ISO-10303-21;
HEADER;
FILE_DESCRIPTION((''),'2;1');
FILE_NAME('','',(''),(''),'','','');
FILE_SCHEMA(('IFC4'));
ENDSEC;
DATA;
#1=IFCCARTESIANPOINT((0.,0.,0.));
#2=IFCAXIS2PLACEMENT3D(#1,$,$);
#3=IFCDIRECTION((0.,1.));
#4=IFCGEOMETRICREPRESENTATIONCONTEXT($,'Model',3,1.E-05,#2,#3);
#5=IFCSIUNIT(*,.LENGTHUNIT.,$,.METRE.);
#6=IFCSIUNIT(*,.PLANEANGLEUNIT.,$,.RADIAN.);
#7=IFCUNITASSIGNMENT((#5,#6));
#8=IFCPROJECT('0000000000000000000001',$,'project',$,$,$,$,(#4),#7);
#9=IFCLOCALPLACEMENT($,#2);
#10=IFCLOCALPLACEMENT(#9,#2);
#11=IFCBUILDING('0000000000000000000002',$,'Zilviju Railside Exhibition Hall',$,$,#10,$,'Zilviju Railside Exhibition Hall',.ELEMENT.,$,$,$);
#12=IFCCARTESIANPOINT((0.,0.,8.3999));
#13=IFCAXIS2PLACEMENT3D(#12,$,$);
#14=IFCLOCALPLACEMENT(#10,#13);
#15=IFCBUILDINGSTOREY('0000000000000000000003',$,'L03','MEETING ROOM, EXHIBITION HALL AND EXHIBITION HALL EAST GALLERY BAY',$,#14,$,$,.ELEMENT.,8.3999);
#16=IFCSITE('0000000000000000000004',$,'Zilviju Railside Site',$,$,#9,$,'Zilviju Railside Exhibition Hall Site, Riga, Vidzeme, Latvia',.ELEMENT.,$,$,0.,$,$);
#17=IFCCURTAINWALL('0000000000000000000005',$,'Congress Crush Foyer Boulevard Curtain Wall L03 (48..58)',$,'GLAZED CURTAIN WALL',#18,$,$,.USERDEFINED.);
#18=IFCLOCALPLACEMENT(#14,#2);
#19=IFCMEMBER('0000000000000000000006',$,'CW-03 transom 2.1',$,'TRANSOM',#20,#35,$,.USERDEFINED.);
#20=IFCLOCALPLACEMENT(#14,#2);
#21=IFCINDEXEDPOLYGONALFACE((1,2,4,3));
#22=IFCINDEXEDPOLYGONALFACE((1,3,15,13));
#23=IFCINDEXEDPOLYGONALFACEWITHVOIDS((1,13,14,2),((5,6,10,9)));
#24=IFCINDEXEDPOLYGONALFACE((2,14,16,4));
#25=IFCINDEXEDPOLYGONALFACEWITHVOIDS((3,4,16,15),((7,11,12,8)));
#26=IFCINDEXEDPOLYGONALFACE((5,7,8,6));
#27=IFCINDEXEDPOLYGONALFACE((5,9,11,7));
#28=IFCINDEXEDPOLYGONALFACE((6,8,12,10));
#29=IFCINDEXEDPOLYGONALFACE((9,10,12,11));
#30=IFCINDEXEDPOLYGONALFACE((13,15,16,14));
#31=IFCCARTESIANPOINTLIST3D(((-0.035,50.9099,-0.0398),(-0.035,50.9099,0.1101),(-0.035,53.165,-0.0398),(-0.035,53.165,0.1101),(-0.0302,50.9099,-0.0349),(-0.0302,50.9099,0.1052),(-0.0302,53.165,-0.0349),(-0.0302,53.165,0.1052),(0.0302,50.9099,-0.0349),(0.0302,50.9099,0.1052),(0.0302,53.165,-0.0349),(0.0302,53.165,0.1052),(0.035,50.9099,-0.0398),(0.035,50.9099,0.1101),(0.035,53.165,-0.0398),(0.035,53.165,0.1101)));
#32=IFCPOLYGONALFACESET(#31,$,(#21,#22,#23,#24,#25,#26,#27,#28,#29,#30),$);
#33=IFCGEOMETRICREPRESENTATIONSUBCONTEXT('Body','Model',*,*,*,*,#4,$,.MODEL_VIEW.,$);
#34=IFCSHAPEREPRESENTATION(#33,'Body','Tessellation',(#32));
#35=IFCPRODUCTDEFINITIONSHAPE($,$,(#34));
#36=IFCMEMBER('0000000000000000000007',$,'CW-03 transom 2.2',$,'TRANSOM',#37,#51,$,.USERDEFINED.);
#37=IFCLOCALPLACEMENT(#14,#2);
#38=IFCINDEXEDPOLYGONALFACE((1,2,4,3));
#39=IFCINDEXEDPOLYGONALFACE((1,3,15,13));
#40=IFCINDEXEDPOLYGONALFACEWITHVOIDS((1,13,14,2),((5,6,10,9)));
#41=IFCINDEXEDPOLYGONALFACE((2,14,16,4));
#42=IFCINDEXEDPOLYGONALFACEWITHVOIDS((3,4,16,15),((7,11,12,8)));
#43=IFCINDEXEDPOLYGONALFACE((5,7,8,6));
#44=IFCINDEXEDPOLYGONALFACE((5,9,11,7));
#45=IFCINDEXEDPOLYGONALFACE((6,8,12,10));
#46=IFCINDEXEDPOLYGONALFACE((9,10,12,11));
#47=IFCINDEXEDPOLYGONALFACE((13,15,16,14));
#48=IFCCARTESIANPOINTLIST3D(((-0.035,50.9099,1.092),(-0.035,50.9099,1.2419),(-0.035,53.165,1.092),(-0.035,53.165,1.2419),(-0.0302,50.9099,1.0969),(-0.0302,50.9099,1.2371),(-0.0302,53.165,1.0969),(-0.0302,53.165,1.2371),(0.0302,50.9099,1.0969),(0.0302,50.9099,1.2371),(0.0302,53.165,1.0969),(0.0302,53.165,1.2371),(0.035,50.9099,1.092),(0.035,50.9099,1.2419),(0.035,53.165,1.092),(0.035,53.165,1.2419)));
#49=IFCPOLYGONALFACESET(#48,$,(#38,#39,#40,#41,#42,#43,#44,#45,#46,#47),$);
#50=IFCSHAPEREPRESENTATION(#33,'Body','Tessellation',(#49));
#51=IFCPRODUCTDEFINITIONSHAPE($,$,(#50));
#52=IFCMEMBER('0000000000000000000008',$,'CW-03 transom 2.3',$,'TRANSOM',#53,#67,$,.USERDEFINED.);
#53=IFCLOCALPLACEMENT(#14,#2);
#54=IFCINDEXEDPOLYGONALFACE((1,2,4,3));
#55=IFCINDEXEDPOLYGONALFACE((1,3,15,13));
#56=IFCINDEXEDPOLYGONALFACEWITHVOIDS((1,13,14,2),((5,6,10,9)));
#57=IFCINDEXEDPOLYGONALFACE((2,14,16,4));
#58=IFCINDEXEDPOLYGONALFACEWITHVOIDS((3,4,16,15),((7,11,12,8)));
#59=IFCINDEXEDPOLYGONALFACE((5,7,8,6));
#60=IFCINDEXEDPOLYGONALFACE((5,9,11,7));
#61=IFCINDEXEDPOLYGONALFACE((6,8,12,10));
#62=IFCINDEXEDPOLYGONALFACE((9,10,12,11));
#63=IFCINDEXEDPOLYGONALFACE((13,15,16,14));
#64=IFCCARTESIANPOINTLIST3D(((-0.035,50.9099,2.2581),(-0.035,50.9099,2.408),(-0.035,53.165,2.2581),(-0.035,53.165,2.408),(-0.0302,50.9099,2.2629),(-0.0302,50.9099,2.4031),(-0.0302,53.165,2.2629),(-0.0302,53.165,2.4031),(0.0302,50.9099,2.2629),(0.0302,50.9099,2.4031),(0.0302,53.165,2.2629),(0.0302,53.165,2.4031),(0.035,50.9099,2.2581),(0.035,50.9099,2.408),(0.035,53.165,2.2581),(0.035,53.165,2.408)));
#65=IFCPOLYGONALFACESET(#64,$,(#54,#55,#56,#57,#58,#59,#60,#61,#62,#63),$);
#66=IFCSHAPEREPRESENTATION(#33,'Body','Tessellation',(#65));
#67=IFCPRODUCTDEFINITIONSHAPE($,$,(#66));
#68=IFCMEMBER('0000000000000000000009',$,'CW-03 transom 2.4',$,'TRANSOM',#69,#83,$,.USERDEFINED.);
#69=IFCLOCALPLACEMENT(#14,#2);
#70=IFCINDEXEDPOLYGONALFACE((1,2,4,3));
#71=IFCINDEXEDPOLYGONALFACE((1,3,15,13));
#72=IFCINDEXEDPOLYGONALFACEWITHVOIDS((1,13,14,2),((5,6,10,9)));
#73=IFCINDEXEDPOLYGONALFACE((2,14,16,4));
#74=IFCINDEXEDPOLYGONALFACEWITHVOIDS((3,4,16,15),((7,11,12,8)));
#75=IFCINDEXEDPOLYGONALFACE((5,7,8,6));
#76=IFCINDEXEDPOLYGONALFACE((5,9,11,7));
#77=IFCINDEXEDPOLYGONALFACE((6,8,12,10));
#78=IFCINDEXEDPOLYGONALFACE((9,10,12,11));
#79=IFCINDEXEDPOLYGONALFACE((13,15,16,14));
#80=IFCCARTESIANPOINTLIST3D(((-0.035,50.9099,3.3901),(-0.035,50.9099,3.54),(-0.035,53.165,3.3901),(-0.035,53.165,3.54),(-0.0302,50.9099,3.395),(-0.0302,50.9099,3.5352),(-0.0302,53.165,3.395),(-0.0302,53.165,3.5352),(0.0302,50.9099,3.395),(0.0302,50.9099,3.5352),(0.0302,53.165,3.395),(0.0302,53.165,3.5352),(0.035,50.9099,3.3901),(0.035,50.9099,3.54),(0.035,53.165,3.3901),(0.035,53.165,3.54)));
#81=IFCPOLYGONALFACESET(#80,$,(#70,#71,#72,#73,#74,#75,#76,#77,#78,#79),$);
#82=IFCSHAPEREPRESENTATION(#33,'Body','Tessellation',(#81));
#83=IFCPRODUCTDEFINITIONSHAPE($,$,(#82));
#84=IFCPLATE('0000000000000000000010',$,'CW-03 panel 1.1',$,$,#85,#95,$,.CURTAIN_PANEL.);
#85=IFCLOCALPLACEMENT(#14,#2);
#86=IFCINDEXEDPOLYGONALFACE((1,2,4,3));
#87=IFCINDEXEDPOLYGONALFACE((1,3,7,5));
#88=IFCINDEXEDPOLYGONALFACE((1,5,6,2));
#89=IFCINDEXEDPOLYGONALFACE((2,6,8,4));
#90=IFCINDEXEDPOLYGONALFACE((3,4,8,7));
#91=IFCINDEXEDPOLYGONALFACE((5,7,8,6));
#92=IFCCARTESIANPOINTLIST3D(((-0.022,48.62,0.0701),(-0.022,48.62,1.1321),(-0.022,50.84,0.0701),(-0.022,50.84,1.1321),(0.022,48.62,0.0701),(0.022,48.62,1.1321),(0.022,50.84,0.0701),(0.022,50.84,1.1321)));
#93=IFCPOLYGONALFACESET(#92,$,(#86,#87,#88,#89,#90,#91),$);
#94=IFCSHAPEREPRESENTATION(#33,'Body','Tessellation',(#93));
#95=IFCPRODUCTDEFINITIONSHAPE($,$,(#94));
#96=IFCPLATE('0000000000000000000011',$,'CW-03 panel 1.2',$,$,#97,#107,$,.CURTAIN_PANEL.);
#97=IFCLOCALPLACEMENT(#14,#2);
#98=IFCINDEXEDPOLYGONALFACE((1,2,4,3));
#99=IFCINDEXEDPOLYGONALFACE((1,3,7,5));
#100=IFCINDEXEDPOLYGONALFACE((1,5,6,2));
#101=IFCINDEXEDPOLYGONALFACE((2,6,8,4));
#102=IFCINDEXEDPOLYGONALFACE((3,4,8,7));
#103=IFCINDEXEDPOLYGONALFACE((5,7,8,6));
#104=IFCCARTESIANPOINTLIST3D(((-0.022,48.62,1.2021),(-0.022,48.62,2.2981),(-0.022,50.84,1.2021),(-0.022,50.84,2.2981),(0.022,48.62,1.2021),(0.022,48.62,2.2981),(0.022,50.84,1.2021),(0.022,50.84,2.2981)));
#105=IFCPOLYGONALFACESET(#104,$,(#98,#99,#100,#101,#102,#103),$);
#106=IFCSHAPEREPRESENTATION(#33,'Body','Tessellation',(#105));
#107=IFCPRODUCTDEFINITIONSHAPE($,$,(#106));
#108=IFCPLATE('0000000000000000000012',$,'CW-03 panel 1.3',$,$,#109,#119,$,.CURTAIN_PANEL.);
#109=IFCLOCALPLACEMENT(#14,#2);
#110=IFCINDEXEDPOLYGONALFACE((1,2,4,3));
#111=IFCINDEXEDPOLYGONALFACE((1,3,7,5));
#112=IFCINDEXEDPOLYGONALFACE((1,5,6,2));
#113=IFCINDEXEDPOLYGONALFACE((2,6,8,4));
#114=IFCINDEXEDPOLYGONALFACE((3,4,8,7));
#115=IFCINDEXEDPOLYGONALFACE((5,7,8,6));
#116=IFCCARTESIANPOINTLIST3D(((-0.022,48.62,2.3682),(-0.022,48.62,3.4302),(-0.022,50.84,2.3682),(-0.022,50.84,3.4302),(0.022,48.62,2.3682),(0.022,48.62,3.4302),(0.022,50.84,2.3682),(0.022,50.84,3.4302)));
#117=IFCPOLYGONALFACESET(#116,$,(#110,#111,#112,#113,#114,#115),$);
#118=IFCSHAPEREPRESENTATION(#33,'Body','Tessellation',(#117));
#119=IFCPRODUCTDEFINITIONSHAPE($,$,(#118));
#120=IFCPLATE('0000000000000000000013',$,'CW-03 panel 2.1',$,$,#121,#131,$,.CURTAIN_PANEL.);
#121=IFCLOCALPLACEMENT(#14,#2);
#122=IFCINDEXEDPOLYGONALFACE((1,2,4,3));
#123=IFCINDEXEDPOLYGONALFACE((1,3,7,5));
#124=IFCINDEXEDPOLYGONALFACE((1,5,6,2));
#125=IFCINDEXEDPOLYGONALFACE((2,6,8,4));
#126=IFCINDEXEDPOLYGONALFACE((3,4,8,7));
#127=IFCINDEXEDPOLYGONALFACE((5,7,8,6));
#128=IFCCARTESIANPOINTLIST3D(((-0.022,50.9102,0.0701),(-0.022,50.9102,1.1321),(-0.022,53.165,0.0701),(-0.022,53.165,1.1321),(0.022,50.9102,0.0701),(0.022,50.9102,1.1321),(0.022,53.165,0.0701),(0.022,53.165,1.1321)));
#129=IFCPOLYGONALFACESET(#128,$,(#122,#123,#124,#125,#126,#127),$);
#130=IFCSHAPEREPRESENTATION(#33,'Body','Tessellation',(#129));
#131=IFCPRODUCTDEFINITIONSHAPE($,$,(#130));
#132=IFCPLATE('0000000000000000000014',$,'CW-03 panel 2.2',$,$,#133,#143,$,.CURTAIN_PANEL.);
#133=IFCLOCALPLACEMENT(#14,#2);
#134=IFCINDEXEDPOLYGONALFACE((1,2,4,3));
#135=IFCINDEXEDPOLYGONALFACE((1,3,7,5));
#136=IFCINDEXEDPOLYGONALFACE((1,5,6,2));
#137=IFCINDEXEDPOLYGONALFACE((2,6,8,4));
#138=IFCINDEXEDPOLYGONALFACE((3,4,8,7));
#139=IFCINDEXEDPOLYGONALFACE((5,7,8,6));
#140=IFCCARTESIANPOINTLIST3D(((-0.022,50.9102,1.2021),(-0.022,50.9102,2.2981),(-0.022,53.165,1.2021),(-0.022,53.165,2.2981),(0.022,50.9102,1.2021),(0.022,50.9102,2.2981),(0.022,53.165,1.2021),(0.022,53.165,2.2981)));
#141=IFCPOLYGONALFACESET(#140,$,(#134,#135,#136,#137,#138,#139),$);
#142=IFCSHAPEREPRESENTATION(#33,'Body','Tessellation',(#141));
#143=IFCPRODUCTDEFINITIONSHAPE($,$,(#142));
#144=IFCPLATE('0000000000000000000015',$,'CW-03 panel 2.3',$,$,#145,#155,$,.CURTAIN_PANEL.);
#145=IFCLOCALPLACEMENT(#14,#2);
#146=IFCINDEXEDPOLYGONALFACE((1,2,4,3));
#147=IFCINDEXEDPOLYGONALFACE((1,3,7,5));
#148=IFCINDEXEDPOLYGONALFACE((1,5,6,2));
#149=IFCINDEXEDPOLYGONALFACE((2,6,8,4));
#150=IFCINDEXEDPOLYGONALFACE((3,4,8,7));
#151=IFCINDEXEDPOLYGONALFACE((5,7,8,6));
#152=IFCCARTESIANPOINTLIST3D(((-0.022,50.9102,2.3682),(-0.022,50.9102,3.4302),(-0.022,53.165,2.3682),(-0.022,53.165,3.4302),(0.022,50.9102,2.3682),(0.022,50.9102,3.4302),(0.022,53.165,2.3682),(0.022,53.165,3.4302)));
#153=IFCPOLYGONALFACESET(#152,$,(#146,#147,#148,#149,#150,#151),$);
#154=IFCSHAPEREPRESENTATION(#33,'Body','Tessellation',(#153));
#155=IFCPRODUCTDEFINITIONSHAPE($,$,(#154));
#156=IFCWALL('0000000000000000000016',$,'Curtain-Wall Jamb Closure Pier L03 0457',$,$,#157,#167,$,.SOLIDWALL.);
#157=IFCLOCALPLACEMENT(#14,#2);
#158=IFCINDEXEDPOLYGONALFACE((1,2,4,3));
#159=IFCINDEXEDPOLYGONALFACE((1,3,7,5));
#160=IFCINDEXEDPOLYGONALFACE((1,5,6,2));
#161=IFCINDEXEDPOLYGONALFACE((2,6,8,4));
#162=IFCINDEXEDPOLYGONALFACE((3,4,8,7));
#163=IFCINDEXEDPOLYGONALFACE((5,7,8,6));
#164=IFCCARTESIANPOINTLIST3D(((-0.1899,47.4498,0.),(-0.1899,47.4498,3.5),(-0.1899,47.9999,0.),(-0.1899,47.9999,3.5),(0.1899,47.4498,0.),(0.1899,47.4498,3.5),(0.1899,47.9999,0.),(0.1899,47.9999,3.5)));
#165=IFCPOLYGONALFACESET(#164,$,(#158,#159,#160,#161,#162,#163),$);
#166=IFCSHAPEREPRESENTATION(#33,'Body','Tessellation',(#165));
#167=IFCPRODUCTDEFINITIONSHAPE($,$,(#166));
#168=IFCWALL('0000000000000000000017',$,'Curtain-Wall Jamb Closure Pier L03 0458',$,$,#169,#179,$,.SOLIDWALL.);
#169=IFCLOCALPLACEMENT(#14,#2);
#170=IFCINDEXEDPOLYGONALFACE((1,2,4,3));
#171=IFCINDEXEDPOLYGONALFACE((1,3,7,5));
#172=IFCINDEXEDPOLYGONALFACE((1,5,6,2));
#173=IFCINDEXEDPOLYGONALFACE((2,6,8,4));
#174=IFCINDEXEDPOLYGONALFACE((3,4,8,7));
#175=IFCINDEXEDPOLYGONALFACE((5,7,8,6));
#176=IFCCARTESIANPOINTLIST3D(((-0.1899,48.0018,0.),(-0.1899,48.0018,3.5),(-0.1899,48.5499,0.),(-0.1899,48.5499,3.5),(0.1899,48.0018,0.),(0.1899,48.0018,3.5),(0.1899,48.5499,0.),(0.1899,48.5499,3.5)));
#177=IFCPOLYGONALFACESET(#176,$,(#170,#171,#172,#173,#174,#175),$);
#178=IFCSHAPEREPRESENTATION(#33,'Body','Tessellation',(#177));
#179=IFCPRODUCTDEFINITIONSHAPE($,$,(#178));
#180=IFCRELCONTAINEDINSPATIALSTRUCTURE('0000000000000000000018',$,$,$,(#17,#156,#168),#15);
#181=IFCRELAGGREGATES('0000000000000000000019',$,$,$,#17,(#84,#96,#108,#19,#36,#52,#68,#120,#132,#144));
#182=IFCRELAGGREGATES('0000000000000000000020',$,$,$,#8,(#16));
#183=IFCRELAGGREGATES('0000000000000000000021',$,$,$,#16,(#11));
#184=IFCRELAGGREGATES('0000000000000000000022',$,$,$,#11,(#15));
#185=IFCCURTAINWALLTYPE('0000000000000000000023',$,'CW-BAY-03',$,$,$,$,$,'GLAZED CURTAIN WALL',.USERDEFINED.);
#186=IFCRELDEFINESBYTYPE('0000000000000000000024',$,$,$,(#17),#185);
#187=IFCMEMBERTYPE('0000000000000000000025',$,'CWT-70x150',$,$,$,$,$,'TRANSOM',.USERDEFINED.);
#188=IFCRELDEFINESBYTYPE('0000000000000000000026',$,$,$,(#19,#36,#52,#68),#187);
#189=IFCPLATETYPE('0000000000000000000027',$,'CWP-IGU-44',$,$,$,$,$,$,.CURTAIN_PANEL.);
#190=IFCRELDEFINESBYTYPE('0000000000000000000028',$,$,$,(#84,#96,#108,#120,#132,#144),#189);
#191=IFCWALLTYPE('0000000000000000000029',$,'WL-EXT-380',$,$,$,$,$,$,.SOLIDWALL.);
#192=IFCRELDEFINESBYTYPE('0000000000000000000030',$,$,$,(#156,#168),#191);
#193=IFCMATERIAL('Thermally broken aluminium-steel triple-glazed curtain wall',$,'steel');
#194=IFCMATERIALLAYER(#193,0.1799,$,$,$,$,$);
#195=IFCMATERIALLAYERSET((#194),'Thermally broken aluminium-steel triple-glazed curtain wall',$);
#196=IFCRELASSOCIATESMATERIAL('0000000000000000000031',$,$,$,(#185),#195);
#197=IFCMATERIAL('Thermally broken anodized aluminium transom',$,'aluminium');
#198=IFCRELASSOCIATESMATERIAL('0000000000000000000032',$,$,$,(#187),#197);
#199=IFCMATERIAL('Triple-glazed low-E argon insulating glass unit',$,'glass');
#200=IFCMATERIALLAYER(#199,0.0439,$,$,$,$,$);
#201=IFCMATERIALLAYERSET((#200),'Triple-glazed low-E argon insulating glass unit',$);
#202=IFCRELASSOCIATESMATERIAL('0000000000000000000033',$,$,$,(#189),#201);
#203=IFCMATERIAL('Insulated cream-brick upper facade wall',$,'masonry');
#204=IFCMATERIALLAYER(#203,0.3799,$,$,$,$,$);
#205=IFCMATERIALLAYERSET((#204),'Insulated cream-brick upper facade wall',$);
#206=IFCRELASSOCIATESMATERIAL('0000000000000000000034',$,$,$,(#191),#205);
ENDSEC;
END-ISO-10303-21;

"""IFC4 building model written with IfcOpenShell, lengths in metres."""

from ifc_helpers import new_model, si_unit, direction, frame, frame_2d, origin, origin_2d, place, context, subcontext, project, spatial, rectangle, hollow_rectangle, extrude, material, layer, layer_set, material_profile, profile_set, type_object, element, aggregate, save


model = new_model("IFC4")

# Units and contexts
model_context = context("Model", 3, precision=1e-05, world=origin(), true_north=direction((0.0, 1.0)))
body_context = subcontext(model_context, "Body", "Model", "MODEL_VIEW")
ifc_project = project(units=[si_unit("LENGTHUNIT", "METRE"), si_unit("PLANEANGLEUNIT", "RADIAN")], contexts=[model_context])

# Site, building, storey
site_placement = place(None, origin())
site = spatial("IfcSite", under=ifc_project, at=site_placement, Name="Zilviju Railside Site", LongName="Zilviju Railside Exhibition Hall Site, Riga, Vidzeme, Latvia", CompositionType="ELEMENT", RefElevation=0.0)
building_placement = place(site_placement, origin())
building = spatial("IfcBuilding", under=site, at=building_placement, Name="Zilviju Railside Exhibition Hall", LongName="Zilviju Railside Exhibition Hall", CompositionType="ELEMENT")
storey_placement = place(building_placement, frame((0.0, 0.0, 8.3999)))
storey = spatial("IfcBuildingStorey", under=building, at=storey_placement, Name="L03", Description="MEETING ROOM, EXHIBITION HALL AND EXHIBITION HALL EAST GALLERY BAY", CompositionType="ELEMENT", Elevation=8.3999)

# Shared definitions
ifc_material_1 = material(Name="Thermally broken aluminium-steel triple-glazed curtain wall", Category="steel")

# Curtain wall, members, plates
ifc_layer_1 = layer(ifc_material_1, 0.1799)
ifc_layer_set_1 = layer_set([ifc_layer_1], Name="Thermally broken aluminium-steel triple-glazed curtain wall")
curtain_wall_type_1 = type_object("IfcCurtainWallType", Name="CW-BAY-03", ElementType="GLAZED CURTAIN WALL", PredefinedType="USERDEFINED", material=ifc_layer_set_1)
curtain_wall_1_placement = place(storey_placement, origin())
curtain_wall_1 = element("IfcCurtainWall", 1, at=curtain_wall_1_placement, inside=storey, type_object=curtain_wall_type_1, Name="Congress Crush Foyer Boulevard Curtain Wall L03 (48..58)", ObjectType="GLAZED CURTAIN WALL", PredefinedType="USERDEFINED")
ifc_material_2 = material(Name="Thermally broken anodized aluminium transom", Category="aluminium")
ifc_material_profile_1 = material_profile(ifc_material_2, hollow_rectangle(XDim=0.0701, YDim=0.1499, WallThickness=0.0049, at=origin_2d()), Name="TRANSOM 150x70x5")
ifc_profile_set_1 = profile_set([ifc_material_profile_1], Name="Thermally broken anodized aluminium transom")
member_type_1 = type_object("IfcMemberType", Name="CWT-70x150", ElementType="TRANSOM", PredefinedType="USERDEFINED", material=ifc_profile_set_1)
member_1_placement = place(storey_placement, frame((0.0, 50.9099, 0.0352), z_axis=(0.0, 1.0, 0.0), x_axis=(-1.0, 0.0, 0.0)))
member_1 = element("IfcMember", 2, at=member_1_placement, type_object=member_type_1, Name="CW-03 transom 2.1", ObjectType="TRANSOM", PredefinedType="USERDEFINED", context=body_context, shape_type="SweptSolid", body=[
    extrude(hollow_rectangle(XDim=0.0701, YDim=0.1499, WallThickness=0.0049, at=origin_2d()), origin(), (0.0, 0.0, 1.0), 2.2551),
])
member_2_placement = place(storey_placement, frame((0.0, 50.9099, 1.167), z_axis=(0.0, 1.0, 0.0), x_axis=(-1.0, 0.0, 0.0)))
member_2 = element("IfcMember", 3, at=member_2_placement, type_object=member_type_1, Name="CW-03 transom 2.2", ObjectType="TRANSOM", PredefinedType="USERDEFINED", context=body_context, shape_type="SweptSolid", body=[
    extrude(hollow_rectangle(XDim=0.0701, YDim=0.1499, WallThickness=0.0049, at=origin_2d()), origin(), (0.0, 0.0, 1.0), 2.2551),
])
member_3_placement = place(storey_placement, frame((0.0, 50.9099, 2.333), z_axis=(0.0, 1.0, 0.0), x_axis=(-1.0, 0.0, 0.0)))
member_3 = element("IfcMember", 4, at=member_3_placement, type_object=member_type_1, Name="CW-03 transom 2.3", ObjectType="TRANSOM", PredefinedType="USERDEFINED", context=body_context, shape_type="SweptSolid", body=[
    extrude(hollow_rectangle(XDim=0.0701, YDim=0.1499, WallThickness=0.0049, at=origin_2d()), origin(), (0.0, 0.0, 1.0), 2.2551),
])
member_4_placement = place(storey_placement, frame((0.0, 50.9099, 3.4651), z_axis=(0.0, 1.0, 0.0), x_axis=(-1.0, 0.0, 0.0)))
member_4 = element("IfcMember", 5, at=member_4_placement, type_object=member_type_1, Name="CW-03 transom 2.4", ObjectType="TRANSOM", PredefinedType="USERDEFINED", context=body_context, shape_type="SweptSolid", body=[
    extrude(hollow_rectangle(XDim=0.0701, YDim=0.1499, WallThickness=0.0049, at=origin_2d()), origin(), (0.0, 0.0, 1.0), 2.2551),
])
ifc_material_3 = material(Name="Triple-glazed low-E argon insulating glass unit", Category="glass")
ifc_layer_2 = layer(ifc_material_3, 0.0439)
ifc_layer_set_2 = layer_set([ifc_layer_2], Name="Triple-glazed low-E argon insulating glass unit")
plate_type = type_object("IfcPlateType", Name="CWP-IGU-44", PredefinedType="CURTAIN_PANEL", material=ifc_layer_set_2)
plate_1_placement = place(storey_placement, frame((0.0, 49.73, 0.0701), z_axis=(0.0, 0.0, 1.0), x_axis=(0.0, 1.0, 0.0)))
plate_1 = element("IfcPlate", 6, at=plate_1_placement, type_object=plate_type, Name="CW-03 panel 1.1", PredefinedType="CURTAIN_PANEL", context=body_context, shape_type="SweptSolid", body=[
    extrude(rectangle(XDim=2.22, YDim=0.0439, at=origin_2d()), origin(), (0.0, 0.0, 1.0), 1.062),
])
plate_2_placement = place(storey_placement, frame((0.0, 49.73, 1.2021), z_axis=(0.0, 0.0, 1.0), x_axis=(0.0, 1.0, 0.0)))
plate_2 = element("IfcPlate", 7, at=plate_2_placement, type_object=plate_type, Name="CW-03 panel 1.2", PredefinedType="CURTAIN_PANEL", context=body_context, shape_type="SweptSolid", body=[
    extrude(rectangle(XDim=2.22, YDim=0.0439, at=origin_2d()), origin(), (0.0, 0.0, 1.0), 1.0959),
])
plate_3_placement = place(storey_placement, frame((0.0, 49.73, 2.3682), z_axis=(0.0, 0.0, 1.0), x_axis=(0.0, 1.0, 0.0)))
plate_3 = element("IfcPlate", 8, at=plate_3_placement, type_object=plate_type, Name="CW-03 panel 1.3", PredefinedType="CURTAIN_PANEL", context=body_context, shape_type="SweptSolid", body=[
    extrude(rectangle(XDim=2.22, YDim=0.0439, at=origin_2d()), origin(), (0.0, 0.0, 1.0), 1.062),
])
plate_4_placement = place(storey_placement, frame((0.0, 52.0376, 0.0701), z_axis=(0.0, 0.0, 1.0), x_axis=(0.0, 1.0, 0.0)))
plate_4 = element("IfcPlate", 9, at=plate_4_placement, type_object=plate_type, Name="CW-03 panel 2.1", PredefinedType="CURTAIN_PANEL", context=body_context, shape_type="SweptSolid", body=[
    extrude(rectangle(XDim=2.2549, YDim=0.0439, at=origin_2d()), origin(), (0.0, 0.0, 1.0), 1.062),
])
plate_5_placement = place(storey_placement, frame((0.0, 52.0376, 1.2021), z_axis=(0.0, 0.0, 1.0), x_axis=(0.0, 1.0, 0.0)))
plate_5 = element("IfcPlate", 10, at=plate_5_placement, type_object=plate_type, Name="CW-03 panel 2.2", PredefinedType="CURTAIN_PANEL", context=body_context, shape_type="SweptSolid", body=[
    extrude(rectangle(XDim=2.2549, YDim=0.0439, at=origin_2d()), origin(), (0.0, 0.0, 1.0), 1.0959),
])
plate_6_placement = place(storey_placement, frame((0.0, 52.0376, 2.3682), z_axis=(0.0, 0.0, 1.0), x_axis=(0.0, 1.0, 0.0)))
plate_6 = element("IfcPlate", 11, at=plate_6_placement, type_object=plate_type, Name="CW-03 panel 2.3", PredefinedType="CURTAIN_PANEL", context=body_context, shape_type="SweptSolid", body=[
    extrude(rectangle(XDim=2.2549, YDim=0.0439, at=origin_2d()), origin(), (0.0, 0.0, 1.0), 1.062),
])
aggregate(curtain_wall_1, [plate_1, plate_2, plate_3, member_1, member_2, member_3, member_4, plate_4, plate_5, plate_6])

# Walls
ifc_material_4 = material(Name="Insulated cream-brick upper facade wall", Category="masonry")
ifc_layer_3 = layer(ifc_material_4, 0.3799)
ifc_layer_set_3 = layer_set([ifc_layer_3], Name="Insulated cream-brick upper facade wall")
wall_type = type_object("IfcWallType", Name="WL-EXT-380", PredefinedType="SOLIDWALL", material=ifc_layer_set_3)
wall_1_placement = place(storey_placement, frame((0.0, 47.45, 0.0), z_axis=(0.0, 0.0, 1.0), x_axis=(0.0, 1.0, 0.0)))
element("IfcWall", 12, at=wall_1_placement, inside=storey, type_object=wall_type, Name="Curtain-Wall Jamb Closure Pier L03 0457", PredefinedType="SOLIDWALL", context=body_context, shape_type="SweptSolid", body=[
    extrude(rectangle(XDim=0.55, YDim=0.3799, at=frame_2d((0.2749, 0.0))), origin(), (0.0, 0.0, 1.0), 3.5),
])
wall_2_placement = place(storey_placement, frame((0.0, 48.002, 0.0), z_axis=(0.0, 0.0, 1.0), x_axis=(0.0, 1.0, 0.0)))
element("IfcWall", 13, at=wall_2_placement, inside=storey, type_object=wall_type, Name="Curtain-Wall Jamb Closure Pier L03 0458", PredefinedType="SOLIDWALL", context=body_context, shape_type="SweptSolid", body=[
    extrude(rectangle(XDim=0.5481, YDim=0.3799, at=frame_2d((0.2739, 0.0))), origin(), (0.0, 0.0, 1.0), 3.5),
])

save(model, "model.ifc")
